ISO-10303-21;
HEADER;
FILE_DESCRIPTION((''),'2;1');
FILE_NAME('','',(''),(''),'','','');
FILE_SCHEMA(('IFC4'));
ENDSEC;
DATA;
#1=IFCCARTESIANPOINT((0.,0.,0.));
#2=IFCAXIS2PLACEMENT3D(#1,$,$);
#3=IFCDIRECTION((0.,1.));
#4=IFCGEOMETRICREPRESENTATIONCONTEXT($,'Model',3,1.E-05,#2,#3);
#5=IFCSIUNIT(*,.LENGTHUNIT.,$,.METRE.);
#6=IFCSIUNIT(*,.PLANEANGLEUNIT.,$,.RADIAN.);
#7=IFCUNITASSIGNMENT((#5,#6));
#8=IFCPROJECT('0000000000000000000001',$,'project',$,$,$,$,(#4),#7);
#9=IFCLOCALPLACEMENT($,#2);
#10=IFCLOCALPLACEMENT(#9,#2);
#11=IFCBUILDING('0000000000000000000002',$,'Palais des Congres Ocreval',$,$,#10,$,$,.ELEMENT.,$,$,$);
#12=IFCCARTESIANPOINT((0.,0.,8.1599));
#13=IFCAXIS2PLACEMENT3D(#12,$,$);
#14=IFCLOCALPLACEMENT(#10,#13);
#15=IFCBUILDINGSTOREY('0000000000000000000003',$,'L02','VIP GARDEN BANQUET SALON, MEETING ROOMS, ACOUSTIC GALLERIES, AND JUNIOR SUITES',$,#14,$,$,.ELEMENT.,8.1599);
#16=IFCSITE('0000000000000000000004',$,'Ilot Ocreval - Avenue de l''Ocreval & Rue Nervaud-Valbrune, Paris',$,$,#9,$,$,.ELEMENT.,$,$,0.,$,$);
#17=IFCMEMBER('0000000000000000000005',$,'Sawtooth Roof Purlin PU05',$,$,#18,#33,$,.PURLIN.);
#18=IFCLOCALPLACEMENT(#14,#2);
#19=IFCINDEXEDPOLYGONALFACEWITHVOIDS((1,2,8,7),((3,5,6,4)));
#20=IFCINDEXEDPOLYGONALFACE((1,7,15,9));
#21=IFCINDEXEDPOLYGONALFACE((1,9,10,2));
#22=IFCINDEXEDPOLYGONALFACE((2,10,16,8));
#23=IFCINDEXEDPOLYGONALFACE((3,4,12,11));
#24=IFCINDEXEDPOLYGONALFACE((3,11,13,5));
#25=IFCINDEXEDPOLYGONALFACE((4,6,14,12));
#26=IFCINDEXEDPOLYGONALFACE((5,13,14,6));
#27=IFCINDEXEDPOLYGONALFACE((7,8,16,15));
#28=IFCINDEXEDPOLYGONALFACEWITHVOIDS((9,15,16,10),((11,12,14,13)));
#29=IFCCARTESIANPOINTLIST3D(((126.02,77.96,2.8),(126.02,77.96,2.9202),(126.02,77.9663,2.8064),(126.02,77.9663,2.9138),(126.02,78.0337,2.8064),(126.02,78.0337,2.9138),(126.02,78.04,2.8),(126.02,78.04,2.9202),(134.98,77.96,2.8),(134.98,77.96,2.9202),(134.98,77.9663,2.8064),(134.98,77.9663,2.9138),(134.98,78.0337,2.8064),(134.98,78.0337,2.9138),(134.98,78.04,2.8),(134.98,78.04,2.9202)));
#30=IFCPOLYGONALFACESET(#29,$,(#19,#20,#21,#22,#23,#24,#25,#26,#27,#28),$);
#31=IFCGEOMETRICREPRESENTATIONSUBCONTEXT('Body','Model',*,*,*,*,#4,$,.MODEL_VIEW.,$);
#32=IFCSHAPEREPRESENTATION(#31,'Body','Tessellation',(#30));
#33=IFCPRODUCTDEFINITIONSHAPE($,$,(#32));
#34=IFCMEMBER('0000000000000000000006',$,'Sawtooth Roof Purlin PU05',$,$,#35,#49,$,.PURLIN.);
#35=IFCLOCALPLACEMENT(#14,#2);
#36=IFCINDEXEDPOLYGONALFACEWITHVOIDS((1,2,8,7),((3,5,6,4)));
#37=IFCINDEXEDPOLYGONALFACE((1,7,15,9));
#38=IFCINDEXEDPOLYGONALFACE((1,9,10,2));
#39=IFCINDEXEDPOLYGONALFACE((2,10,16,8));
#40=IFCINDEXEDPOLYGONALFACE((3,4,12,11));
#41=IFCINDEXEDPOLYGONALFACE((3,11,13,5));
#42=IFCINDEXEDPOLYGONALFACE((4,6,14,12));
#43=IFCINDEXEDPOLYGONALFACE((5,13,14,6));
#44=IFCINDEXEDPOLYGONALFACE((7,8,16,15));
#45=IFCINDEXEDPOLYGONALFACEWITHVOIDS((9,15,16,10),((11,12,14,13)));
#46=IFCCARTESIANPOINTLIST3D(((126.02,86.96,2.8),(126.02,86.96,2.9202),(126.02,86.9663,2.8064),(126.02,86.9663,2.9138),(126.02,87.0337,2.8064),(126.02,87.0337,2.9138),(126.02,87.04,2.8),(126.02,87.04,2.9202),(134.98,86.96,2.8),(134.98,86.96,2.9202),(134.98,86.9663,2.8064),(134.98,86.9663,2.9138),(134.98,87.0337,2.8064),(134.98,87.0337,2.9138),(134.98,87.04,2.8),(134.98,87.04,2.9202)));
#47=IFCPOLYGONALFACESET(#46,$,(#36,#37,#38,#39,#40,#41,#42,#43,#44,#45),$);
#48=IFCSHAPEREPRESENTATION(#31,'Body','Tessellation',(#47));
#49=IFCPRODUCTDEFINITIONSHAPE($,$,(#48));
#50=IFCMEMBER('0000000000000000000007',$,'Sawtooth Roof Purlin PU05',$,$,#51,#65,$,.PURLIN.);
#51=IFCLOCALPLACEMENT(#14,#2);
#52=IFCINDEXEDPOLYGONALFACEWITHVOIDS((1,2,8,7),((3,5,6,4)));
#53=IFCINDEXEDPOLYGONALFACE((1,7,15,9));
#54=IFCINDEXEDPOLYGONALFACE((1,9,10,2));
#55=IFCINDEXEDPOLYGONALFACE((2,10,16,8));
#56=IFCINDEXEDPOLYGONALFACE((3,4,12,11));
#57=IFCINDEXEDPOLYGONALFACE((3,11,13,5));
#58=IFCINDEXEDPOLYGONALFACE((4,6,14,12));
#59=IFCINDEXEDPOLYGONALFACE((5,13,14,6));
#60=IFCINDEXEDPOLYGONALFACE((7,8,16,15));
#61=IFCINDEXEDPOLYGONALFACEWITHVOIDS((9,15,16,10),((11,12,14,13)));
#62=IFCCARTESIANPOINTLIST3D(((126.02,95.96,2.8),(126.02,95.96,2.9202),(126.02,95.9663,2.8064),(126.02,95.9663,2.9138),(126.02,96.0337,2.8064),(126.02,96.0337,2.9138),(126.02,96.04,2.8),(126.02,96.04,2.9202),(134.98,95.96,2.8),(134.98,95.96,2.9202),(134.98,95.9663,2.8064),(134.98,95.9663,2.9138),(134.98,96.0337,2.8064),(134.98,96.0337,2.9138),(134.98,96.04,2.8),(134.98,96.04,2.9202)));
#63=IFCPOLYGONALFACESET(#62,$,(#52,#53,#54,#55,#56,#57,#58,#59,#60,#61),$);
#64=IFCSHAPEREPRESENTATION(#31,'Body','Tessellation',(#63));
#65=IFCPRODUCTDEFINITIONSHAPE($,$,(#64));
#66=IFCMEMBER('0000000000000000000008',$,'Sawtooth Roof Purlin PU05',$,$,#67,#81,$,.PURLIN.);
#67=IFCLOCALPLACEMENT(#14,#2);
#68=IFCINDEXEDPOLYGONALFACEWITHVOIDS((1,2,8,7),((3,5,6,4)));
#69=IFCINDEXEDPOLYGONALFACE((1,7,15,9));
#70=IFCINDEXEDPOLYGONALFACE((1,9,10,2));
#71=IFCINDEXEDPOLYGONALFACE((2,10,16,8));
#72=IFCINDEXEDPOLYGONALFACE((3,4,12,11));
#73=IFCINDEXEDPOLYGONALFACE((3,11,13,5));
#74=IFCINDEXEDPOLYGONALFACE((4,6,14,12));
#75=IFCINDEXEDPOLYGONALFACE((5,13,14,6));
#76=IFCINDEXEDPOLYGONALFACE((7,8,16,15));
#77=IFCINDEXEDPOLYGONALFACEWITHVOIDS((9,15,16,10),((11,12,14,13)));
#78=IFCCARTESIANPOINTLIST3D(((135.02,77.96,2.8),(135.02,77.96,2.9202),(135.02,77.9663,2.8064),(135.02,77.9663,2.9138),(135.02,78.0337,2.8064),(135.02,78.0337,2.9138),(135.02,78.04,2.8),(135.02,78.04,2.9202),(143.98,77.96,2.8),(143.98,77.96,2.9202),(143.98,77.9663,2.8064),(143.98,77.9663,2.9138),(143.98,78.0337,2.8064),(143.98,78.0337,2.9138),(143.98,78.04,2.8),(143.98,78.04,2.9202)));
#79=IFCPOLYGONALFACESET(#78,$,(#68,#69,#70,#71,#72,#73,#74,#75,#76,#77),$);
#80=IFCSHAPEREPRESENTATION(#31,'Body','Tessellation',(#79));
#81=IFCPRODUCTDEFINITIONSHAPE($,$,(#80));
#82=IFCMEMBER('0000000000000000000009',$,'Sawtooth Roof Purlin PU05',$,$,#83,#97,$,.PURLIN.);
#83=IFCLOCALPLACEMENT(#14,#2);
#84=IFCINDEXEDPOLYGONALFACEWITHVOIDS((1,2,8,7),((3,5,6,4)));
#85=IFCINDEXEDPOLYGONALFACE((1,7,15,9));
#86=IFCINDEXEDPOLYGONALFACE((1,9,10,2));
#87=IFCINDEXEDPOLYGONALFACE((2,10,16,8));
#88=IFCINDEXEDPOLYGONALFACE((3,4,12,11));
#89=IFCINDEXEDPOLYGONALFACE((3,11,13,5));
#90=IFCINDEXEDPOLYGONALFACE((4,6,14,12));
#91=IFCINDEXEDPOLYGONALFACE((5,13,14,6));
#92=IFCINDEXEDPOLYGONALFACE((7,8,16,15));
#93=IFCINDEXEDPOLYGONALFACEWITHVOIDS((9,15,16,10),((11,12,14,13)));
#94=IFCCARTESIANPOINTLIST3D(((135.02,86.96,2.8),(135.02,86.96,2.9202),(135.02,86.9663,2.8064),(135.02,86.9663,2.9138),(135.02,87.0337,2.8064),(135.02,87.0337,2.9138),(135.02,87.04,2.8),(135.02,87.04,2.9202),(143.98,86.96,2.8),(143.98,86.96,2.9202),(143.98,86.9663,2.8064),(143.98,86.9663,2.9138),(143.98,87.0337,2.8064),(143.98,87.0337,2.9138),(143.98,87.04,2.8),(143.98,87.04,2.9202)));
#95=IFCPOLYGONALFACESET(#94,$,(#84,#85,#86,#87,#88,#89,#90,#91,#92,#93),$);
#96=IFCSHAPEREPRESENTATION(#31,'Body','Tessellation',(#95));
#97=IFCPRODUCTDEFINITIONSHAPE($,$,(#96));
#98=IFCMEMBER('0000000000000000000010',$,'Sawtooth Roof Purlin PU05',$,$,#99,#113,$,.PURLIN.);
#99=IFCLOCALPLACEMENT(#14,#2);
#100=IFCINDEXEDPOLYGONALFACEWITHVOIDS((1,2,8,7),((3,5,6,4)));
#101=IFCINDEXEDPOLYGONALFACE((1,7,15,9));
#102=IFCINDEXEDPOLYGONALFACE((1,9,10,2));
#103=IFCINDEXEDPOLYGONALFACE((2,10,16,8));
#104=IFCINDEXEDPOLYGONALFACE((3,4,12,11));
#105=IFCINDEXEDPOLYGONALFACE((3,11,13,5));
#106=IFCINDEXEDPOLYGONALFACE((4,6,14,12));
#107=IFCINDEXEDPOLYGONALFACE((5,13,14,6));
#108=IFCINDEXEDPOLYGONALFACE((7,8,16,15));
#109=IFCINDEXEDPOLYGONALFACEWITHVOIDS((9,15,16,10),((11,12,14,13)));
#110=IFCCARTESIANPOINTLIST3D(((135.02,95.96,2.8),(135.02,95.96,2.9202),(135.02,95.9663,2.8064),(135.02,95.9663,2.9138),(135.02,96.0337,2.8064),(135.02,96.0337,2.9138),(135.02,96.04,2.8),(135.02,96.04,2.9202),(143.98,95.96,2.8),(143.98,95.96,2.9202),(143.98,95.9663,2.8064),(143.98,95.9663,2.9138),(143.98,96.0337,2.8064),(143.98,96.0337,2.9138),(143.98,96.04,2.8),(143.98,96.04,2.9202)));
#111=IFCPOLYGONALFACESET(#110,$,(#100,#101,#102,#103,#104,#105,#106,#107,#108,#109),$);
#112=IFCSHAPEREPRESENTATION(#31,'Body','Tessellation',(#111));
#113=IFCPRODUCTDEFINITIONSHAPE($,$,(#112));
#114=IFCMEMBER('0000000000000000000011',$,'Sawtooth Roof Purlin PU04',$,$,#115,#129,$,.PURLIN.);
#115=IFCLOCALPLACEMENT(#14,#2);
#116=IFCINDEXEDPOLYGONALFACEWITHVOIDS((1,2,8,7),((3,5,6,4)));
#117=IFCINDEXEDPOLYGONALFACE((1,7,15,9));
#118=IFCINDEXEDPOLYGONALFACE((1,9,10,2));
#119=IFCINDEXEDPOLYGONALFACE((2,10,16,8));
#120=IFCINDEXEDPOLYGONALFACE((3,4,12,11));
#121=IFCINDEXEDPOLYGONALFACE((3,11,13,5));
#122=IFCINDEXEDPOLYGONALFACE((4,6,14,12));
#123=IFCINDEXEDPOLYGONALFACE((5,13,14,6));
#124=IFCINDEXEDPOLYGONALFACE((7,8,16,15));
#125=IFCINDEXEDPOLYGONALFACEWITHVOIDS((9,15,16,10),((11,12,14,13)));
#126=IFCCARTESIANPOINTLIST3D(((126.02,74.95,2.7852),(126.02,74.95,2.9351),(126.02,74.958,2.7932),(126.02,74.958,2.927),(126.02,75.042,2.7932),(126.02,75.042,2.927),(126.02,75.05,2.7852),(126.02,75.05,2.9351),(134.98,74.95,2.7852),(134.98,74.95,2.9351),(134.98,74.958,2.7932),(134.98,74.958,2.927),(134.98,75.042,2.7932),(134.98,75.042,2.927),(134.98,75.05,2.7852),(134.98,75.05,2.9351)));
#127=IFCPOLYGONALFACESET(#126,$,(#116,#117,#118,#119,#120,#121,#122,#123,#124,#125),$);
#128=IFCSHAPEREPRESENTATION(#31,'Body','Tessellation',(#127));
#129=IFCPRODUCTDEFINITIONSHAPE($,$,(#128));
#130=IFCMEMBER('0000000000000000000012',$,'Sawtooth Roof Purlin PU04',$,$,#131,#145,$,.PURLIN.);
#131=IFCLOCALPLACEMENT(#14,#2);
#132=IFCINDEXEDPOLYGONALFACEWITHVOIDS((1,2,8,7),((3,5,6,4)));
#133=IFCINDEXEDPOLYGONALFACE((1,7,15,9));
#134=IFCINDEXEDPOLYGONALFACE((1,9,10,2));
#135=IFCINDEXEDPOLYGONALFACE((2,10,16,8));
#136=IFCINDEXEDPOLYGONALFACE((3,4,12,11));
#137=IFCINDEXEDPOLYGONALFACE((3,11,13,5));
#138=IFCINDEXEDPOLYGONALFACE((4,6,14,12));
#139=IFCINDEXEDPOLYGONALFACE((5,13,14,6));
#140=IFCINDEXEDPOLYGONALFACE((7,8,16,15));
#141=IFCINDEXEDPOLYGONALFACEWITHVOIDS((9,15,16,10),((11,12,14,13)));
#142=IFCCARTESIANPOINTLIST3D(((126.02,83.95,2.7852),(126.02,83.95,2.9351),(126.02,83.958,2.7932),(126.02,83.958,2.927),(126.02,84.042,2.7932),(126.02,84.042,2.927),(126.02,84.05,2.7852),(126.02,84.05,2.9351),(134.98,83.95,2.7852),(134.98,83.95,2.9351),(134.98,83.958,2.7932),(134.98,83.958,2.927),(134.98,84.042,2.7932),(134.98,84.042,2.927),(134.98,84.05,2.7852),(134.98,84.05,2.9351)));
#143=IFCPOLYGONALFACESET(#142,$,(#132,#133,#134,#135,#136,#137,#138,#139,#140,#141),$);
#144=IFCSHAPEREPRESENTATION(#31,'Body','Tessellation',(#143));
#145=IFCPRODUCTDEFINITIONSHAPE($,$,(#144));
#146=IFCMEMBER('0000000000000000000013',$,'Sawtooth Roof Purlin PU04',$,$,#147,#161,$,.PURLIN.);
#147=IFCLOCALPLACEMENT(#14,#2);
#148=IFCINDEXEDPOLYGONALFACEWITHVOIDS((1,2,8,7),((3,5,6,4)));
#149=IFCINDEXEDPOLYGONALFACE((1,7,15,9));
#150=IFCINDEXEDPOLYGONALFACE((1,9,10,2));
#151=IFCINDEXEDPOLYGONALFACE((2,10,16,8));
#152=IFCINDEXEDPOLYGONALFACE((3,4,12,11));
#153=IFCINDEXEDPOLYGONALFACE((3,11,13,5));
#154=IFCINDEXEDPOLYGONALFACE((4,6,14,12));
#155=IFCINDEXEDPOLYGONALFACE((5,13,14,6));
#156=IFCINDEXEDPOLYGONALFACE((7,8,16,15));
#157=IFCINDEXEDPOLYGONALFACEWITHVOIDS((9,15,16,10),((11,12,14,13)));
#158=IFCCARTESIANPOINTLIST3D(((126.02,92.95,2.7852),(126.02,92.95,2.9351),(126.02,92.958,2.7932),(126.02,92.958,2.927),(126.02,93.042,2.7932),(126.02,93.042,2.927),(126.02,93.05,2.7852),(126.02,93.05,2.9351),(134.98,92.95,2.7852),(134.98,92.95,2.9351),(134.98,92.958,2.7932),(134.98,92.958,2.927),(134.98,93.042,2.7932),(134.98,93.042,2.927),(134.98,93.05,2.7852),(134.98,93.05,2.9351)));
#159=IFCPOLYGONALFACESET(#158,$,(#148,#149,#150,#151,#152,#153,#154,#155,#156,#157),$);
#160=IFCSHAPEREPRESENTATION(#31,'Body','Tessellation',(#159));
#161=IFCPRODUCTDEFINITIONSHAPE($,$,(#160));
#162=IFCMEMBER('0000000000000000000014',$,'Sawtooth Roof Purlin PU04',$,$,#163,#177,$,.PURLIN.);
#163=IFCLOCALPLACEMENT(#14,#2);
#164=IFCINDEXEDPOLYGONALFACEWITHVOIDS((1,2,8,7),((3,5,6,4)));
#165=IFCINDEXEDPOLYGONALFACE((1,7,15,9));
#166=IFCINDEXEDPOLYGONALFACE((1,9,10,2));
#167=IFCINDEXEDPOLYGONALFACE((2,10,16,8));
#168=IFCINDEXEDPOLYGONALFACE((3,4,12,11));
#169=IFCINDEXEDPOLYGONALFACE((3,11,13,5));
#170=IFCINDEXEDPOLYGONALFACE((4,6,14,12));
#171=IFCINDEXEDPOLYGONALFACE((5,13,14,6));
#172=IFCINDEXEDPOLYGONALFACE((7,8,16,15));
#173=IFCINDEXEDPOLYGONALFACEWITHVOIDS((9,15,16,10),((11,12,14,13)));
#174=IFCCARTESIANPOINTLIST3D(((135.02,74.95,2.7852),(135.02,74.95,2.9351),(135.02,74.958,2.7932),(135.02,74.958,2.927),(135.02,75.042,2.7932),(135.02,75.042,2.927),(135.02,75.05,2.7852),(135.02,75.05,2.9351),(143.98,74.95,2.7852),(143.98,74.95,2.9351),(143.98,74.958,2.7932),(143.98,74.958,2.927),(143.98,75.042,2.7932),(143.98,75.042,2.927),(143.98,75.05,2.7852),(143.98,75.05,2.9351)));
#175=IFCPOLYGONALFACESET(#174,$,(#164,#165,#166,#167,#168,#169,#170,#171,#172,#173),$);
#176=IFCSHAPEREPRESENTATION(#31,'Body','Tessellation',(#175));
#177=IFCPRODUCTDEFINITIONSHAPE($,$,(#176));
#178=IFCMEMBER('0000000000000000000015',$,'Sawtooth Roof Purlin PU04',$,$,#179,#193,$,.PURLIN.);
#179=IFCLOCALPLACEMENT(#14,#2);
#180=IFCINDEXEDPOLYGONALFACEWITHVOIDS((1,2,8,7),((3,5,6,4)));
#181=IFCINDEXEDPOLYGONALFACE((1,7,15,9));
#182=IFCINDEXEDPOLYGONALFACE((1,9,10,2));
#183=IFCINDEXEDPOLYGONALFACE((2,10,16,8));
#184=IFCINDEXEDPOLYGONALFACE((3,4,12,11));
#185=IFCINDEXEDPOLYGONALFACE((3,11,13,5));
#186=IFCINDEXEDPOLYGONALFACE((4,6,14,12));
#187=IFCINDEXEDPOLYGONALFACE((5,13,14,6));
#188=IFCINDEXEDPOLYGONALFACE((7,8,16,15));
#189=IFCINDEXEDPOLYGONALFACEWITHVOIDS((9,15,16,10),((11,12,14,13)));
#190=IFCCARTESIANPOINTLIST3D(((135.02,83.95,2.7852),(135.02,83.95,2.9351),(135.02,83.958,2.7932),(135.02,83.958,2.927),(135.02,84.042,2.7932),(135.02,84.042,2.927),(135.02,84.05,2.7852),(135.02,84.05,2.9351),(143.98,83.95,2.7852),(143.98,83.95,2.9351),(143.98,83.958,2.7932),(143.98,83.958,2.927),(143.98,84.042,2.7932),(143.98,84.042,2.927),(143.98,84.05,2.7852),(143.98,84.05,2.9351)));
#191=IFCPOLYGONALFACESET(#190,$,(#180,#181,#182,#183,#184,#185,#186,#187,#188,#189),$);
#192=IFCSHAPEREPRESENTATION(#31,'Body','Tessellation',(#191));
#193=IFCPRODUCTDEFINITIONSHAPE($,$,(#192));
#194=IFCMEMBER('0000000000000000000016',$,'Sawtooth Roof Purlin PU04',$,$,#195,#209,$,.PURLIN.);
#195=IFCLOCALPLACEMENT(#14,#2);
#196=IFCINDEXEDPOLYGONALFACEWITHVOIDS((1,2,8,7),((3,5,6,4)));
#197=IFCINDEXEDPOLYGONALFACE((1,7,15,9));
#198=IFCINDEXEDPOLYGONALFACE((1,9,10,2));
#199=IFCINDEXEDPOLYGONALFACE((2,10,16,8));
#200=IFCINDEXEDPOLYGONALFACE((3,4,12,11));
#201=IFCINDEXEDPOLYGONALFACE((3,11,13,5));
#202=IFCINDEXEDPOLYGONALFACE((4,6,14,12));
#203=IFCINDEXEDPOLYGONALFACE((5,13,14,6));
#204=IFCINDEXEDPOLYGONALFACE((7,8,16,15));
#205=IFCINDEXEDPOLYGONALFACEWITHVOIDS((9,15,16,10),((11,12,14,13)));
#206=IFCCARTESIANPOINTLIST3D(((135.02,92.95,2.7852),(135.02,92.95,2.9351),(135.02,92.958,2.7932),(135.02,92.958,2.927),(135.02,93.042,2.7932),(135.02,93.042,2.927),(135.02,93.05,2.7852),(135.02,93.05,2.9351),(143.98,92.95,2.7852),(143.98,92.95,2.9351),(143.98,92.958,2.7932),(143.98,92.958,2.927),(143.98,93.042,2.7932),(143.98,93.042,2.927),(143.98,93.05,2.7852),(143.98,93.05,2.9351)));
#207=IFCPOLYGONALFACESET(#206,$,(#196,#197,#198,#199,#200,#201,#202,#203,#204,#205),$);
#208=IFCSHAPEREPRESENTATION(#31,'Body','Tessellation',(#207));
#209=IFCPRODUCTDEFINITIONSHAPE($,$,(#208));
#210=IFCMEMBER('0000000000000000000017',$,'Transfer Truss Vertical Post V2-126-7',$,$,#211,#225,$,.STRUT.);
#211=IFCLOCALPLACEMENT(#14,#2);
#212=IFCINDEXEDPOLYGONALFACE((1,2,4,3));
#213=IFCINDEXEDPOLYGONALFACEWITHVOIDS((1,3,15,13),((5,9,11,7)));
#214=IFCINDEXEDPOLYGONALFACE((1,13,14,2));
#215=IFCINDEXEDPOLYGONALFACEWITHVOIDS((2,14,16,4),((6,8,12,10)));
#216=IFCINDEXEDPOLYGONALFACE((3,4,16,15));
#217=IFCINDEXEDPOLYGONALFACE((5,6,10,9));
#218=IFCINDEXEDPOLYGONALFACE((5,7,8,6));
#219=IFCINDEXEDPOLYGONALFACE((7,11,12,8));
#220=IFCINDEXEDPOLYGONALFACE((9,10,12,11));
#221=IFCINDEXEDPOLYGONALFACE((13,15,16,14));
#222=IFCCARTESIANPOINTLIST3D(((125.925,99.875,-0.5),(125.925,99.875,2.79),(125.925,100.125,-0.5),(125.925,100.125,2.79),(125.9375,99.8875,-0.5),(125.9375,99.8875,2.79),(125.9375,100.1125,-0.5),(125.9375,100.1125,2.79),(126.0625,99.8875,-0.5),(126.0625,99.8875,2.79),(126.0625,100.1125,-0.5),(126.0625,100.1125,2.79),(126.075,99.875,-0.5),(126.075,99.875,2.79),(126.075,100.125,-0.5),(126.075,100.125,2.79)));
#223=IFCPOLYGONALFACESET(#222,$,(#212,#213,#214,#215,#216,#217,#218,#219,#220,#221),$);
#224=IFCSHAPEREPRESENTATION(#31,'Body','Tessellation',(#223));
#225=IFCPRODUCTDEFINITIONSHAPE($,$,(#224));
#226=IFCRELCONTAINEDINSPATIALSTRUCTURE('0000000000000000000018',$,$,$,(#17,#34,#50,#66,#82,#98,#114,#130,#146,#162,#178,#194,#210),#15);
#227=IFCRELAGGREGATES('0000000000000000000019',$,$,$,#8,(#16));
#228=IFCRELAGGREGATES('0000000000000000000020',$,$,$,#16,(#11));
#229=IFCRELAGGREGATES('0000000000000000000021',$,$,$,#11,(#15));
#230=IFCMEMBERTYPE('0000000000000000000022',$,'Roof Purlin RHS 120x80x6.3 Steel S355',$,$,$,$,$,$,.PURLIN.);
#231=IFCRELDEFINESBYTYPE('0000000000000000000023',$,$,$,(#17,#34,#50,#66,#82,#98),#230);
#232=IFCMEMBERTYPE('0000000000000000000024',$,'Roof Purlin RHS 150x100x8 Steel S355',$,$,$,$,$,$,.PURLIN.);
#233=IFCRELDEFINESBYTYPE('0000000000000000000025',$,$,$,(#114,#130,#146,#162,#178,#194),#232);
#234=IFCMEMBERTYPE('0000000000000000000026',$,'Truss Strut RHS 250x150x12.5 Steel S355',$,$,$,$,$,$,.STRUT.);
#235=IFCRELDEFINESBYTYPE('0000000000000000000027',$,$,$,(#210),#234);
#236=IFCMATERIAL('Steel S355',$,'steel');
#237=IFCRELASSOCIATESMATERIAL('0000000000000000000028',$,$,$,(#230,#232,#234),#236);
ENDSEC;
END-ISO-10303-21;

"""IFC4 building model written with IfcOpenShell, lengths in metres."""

from ifc_helpers import new_model, si_unit, direction, frame, origin, origin_2d, place, context, subcontext, project, spatial, hollow_rectangle, extrude, material, material_profile, profile_set, type_object, element, save


model = new_model("IFC4")

# Units and contexts
model_context = context("Model", 3, precision=1e-05, world=origin(), true_north=direction((0.0, 1.0)))
body_context = subcontext(model_context, "Body", "Model", "MODEL_VIEW")
ifc_project = project(units=[si_unit("LENGTHUNIT", "METRE"), si_unit("PLANEANGLEUNIT", "RADIAN")], contexts=[model_context])

# Site, building, storey
site_placement = place(None, origin())
site = spatial("IfcSite", under=ifc_project, at=site_placement, Name="Ilot Ocreval - Avenue de l'Ocreval & Rue Nervaud-Valbrune, Paris", CompositionType="ELEMENT", RefElevation=0.0)
building_placement = place(site_placement, origin())
building = spatial("IfcBuilding", under=site, at=building_placement, Name="Palais des Congres Ocreval", CompositionType="ELEMENT")
storey_placement = place(building_placement, frame((0.0, 0.0, 8.1599)))
storey = spatial("IfcBuildingStorey", under=building, at=storey_placement, Name="L02", Description="VIP GARDEN BANQUET SALON, MEETING ROOMS, ACOUSTIC GALLERIES, AND JUNIOR SUITES", CompositionType="ELEMENT", Elevation=8.1599)

# Shared definitions
ifc_material_1 = material(Name="Steel S355", Category="steel")

# Members
ifc_material_profile_1 = material_profile(ifc_material_1, hollow_rectangle(XDim=0.0801, YDim=0.1201, WallThickness=0.0063, at=origin_2d()), Name="RHS 120x80x6.3")
ifc_profile_set_1 = profile_set([ifc_material_profile_1], Name="Steel S355")
member_type_1 = type_object("IfcMemberType", Name="Roof Purlin RHS 120x80x6.3 Steel S355", PredefinedType="PURLIN", material=ifc_profile_set_1)
for number, where, z_axis, x_axis, name in (
    (1, (126.02, 78.0, 2.8601), (1.0, 0.0, 0.0), (0.0, 1.0, 0.0), "Sawtooth Roof Purlin PU05"),
    (2, (126.02, 87.0, 2.8601), (1.0, 0.0, 0.0), (0.0, 1.0, 0.0), "Sawtooth Roof Purlin PU05"),
    (3, (126.02, 96.0, 2.8601), (1.0, 0.0, 0.0), (0.0, 1.0, 0.0), "Sawtooth Roof Purlin PU05"),
    (4, (135.02, 78.0, 2.8601), (1.0, 0.0, 0.0), (0.0, 1.0, 0.0), "Sawtooth Roof Purlin PU05"),
    (5, (135.02, 87.0, 2.8601), (1.0, 0.0, 0.0), (0.0, 1.0, 0.0), "Sawtooth Roof Purlin PU05"),
    (6, (135.02, 96.0, 2.8601), (1.0, 0.0, 0.0), (0.0, 1.0, 0.0), "Sawtooth Roof Purlin PU05"),
):
    element("IfcMember", number, at=place(storey_placement, frame(where, z_axis=z_axis, x_axis=x_axis)), inside=storey, type_object=member_type_1, Name=name, PredefinedType="PURLIN", context=body_context, shape_type="SweptSolid", body=[
        extrude(hollow_rectangle(XDim=0.0801, YDim=0.1201, WallThickness=0.0063, at=origin_2d()), origin(), (0.0, 0.0, 1.0), 8.96),
    ])
ifc_material_profile_2 = material_profile(ifc_material_1, hollow_rectangle(XDim=0.1001, YDim=0.1499, WallThickness=0.0081, at=origin_2d()), Name="RHS 150x100x8")
ifc_profile_set_2 = profile_set([ifc_material_profile_2], Name="Steel S355")
member_type_2 = type_object("IfcMemberType", Name="Roof Purlin RHS 150x100x8 Steel S355", PredefinedType="PURLIN", material=ifc_profile_set_2)
for number, where, z_axis, x_axis, name in (
    (7, (126.02, 75.0, 2.8601), (1.0, 0.0, 0.0), (0.0, 1.0, 0.0), "Sawtooth Roof Purlin PU04"),
    (8, (126.02, 84.0, 2.8601), (1.0, 0.0, 0.0), (0.0, 1.0, 0.0), "Sawtooth Roof Purlin PU04"),
    (9, (126.02, 93.0, 2.8601), (1.0, 0.0, 0.0), (0.0, 1.0, 0.0), "Sawtooth Roof Purlin PU04"),
    (10, (135.02, 75.0, 2.8601), (1.0, 0.0, 0.0), (0.0, 1.0, 0.0), "Sawtooth Roof Purlin PU04"),
    (11, (135.02, 84.0, 2.8601), (1.0, 0.0, 0.0), (0.0, 1.0, 0.0), "Sawtooth Roof Purlin PU04"),
    (12, (135.02, 93.0, 2.8601), (1.0, 0.0, 0.0), (0.0, 1.0, 0.0), "Sawtooth Roof Purlin PU04"),
):
    element("IfcMember", number, at=place(storey_placement, frame(where, z_axis=z_axis, x_axis=x_axis)), inside=storey, type_object=member_type_2, Name=name, PredefinedType="PURLIN", context=body_context, shape_type="SweptSolid", body=[
        extrude(hollow_rectangle(XDim=0.1001, YDim=0.1499, WallThickness=0.0081, at=origin_2d()), origin(), (0.0, 0.0, 1.0), 8.96),
    ])
ifc_material_profile_3 = material_profile(ifc_material_1, hollow_rectangle(XDim=0.1499, YDim=0.25, WallThickness=0.0125, at=origin_2d()), Name="RHS 250x150x12.5")
ifc_profile_set_3 = profile_set([ifc_material_profile_3], Name="Steel S355")
member_type_3 = type_object("IfcMemberType", Name="Truss Strut RHS 250x150x12.5 Steel S355", PredefinedType="STRUT", material=ifc_profile_set_3)
for number, where, z_axis, x_axis, name in (
    (13, (126.0, 100.0, -0.5), (0.0, 0.0, 1.0), (1.0, 0.0, 0.0), "Transfer Truss Vertical Post V2-126-7"),
):
    element("IfcMember", number, at=place(storey_placement, frame(where, z_axis=z_axis, x_axis=x_axis)), inside=storey, type_object=member_type_3, Name=name, PredefinedType="STRUT", context=body_context, shape_type="SweptSolid", body=[
        extrude(hollow_rectangle(XDim=0.1499, YDim=0.25, WallThickness=0.0125, at=origin_2d()), origin(), (0.0, 0.0, 1.0), 3.29),
    ])

save(model, "model.ifc")
